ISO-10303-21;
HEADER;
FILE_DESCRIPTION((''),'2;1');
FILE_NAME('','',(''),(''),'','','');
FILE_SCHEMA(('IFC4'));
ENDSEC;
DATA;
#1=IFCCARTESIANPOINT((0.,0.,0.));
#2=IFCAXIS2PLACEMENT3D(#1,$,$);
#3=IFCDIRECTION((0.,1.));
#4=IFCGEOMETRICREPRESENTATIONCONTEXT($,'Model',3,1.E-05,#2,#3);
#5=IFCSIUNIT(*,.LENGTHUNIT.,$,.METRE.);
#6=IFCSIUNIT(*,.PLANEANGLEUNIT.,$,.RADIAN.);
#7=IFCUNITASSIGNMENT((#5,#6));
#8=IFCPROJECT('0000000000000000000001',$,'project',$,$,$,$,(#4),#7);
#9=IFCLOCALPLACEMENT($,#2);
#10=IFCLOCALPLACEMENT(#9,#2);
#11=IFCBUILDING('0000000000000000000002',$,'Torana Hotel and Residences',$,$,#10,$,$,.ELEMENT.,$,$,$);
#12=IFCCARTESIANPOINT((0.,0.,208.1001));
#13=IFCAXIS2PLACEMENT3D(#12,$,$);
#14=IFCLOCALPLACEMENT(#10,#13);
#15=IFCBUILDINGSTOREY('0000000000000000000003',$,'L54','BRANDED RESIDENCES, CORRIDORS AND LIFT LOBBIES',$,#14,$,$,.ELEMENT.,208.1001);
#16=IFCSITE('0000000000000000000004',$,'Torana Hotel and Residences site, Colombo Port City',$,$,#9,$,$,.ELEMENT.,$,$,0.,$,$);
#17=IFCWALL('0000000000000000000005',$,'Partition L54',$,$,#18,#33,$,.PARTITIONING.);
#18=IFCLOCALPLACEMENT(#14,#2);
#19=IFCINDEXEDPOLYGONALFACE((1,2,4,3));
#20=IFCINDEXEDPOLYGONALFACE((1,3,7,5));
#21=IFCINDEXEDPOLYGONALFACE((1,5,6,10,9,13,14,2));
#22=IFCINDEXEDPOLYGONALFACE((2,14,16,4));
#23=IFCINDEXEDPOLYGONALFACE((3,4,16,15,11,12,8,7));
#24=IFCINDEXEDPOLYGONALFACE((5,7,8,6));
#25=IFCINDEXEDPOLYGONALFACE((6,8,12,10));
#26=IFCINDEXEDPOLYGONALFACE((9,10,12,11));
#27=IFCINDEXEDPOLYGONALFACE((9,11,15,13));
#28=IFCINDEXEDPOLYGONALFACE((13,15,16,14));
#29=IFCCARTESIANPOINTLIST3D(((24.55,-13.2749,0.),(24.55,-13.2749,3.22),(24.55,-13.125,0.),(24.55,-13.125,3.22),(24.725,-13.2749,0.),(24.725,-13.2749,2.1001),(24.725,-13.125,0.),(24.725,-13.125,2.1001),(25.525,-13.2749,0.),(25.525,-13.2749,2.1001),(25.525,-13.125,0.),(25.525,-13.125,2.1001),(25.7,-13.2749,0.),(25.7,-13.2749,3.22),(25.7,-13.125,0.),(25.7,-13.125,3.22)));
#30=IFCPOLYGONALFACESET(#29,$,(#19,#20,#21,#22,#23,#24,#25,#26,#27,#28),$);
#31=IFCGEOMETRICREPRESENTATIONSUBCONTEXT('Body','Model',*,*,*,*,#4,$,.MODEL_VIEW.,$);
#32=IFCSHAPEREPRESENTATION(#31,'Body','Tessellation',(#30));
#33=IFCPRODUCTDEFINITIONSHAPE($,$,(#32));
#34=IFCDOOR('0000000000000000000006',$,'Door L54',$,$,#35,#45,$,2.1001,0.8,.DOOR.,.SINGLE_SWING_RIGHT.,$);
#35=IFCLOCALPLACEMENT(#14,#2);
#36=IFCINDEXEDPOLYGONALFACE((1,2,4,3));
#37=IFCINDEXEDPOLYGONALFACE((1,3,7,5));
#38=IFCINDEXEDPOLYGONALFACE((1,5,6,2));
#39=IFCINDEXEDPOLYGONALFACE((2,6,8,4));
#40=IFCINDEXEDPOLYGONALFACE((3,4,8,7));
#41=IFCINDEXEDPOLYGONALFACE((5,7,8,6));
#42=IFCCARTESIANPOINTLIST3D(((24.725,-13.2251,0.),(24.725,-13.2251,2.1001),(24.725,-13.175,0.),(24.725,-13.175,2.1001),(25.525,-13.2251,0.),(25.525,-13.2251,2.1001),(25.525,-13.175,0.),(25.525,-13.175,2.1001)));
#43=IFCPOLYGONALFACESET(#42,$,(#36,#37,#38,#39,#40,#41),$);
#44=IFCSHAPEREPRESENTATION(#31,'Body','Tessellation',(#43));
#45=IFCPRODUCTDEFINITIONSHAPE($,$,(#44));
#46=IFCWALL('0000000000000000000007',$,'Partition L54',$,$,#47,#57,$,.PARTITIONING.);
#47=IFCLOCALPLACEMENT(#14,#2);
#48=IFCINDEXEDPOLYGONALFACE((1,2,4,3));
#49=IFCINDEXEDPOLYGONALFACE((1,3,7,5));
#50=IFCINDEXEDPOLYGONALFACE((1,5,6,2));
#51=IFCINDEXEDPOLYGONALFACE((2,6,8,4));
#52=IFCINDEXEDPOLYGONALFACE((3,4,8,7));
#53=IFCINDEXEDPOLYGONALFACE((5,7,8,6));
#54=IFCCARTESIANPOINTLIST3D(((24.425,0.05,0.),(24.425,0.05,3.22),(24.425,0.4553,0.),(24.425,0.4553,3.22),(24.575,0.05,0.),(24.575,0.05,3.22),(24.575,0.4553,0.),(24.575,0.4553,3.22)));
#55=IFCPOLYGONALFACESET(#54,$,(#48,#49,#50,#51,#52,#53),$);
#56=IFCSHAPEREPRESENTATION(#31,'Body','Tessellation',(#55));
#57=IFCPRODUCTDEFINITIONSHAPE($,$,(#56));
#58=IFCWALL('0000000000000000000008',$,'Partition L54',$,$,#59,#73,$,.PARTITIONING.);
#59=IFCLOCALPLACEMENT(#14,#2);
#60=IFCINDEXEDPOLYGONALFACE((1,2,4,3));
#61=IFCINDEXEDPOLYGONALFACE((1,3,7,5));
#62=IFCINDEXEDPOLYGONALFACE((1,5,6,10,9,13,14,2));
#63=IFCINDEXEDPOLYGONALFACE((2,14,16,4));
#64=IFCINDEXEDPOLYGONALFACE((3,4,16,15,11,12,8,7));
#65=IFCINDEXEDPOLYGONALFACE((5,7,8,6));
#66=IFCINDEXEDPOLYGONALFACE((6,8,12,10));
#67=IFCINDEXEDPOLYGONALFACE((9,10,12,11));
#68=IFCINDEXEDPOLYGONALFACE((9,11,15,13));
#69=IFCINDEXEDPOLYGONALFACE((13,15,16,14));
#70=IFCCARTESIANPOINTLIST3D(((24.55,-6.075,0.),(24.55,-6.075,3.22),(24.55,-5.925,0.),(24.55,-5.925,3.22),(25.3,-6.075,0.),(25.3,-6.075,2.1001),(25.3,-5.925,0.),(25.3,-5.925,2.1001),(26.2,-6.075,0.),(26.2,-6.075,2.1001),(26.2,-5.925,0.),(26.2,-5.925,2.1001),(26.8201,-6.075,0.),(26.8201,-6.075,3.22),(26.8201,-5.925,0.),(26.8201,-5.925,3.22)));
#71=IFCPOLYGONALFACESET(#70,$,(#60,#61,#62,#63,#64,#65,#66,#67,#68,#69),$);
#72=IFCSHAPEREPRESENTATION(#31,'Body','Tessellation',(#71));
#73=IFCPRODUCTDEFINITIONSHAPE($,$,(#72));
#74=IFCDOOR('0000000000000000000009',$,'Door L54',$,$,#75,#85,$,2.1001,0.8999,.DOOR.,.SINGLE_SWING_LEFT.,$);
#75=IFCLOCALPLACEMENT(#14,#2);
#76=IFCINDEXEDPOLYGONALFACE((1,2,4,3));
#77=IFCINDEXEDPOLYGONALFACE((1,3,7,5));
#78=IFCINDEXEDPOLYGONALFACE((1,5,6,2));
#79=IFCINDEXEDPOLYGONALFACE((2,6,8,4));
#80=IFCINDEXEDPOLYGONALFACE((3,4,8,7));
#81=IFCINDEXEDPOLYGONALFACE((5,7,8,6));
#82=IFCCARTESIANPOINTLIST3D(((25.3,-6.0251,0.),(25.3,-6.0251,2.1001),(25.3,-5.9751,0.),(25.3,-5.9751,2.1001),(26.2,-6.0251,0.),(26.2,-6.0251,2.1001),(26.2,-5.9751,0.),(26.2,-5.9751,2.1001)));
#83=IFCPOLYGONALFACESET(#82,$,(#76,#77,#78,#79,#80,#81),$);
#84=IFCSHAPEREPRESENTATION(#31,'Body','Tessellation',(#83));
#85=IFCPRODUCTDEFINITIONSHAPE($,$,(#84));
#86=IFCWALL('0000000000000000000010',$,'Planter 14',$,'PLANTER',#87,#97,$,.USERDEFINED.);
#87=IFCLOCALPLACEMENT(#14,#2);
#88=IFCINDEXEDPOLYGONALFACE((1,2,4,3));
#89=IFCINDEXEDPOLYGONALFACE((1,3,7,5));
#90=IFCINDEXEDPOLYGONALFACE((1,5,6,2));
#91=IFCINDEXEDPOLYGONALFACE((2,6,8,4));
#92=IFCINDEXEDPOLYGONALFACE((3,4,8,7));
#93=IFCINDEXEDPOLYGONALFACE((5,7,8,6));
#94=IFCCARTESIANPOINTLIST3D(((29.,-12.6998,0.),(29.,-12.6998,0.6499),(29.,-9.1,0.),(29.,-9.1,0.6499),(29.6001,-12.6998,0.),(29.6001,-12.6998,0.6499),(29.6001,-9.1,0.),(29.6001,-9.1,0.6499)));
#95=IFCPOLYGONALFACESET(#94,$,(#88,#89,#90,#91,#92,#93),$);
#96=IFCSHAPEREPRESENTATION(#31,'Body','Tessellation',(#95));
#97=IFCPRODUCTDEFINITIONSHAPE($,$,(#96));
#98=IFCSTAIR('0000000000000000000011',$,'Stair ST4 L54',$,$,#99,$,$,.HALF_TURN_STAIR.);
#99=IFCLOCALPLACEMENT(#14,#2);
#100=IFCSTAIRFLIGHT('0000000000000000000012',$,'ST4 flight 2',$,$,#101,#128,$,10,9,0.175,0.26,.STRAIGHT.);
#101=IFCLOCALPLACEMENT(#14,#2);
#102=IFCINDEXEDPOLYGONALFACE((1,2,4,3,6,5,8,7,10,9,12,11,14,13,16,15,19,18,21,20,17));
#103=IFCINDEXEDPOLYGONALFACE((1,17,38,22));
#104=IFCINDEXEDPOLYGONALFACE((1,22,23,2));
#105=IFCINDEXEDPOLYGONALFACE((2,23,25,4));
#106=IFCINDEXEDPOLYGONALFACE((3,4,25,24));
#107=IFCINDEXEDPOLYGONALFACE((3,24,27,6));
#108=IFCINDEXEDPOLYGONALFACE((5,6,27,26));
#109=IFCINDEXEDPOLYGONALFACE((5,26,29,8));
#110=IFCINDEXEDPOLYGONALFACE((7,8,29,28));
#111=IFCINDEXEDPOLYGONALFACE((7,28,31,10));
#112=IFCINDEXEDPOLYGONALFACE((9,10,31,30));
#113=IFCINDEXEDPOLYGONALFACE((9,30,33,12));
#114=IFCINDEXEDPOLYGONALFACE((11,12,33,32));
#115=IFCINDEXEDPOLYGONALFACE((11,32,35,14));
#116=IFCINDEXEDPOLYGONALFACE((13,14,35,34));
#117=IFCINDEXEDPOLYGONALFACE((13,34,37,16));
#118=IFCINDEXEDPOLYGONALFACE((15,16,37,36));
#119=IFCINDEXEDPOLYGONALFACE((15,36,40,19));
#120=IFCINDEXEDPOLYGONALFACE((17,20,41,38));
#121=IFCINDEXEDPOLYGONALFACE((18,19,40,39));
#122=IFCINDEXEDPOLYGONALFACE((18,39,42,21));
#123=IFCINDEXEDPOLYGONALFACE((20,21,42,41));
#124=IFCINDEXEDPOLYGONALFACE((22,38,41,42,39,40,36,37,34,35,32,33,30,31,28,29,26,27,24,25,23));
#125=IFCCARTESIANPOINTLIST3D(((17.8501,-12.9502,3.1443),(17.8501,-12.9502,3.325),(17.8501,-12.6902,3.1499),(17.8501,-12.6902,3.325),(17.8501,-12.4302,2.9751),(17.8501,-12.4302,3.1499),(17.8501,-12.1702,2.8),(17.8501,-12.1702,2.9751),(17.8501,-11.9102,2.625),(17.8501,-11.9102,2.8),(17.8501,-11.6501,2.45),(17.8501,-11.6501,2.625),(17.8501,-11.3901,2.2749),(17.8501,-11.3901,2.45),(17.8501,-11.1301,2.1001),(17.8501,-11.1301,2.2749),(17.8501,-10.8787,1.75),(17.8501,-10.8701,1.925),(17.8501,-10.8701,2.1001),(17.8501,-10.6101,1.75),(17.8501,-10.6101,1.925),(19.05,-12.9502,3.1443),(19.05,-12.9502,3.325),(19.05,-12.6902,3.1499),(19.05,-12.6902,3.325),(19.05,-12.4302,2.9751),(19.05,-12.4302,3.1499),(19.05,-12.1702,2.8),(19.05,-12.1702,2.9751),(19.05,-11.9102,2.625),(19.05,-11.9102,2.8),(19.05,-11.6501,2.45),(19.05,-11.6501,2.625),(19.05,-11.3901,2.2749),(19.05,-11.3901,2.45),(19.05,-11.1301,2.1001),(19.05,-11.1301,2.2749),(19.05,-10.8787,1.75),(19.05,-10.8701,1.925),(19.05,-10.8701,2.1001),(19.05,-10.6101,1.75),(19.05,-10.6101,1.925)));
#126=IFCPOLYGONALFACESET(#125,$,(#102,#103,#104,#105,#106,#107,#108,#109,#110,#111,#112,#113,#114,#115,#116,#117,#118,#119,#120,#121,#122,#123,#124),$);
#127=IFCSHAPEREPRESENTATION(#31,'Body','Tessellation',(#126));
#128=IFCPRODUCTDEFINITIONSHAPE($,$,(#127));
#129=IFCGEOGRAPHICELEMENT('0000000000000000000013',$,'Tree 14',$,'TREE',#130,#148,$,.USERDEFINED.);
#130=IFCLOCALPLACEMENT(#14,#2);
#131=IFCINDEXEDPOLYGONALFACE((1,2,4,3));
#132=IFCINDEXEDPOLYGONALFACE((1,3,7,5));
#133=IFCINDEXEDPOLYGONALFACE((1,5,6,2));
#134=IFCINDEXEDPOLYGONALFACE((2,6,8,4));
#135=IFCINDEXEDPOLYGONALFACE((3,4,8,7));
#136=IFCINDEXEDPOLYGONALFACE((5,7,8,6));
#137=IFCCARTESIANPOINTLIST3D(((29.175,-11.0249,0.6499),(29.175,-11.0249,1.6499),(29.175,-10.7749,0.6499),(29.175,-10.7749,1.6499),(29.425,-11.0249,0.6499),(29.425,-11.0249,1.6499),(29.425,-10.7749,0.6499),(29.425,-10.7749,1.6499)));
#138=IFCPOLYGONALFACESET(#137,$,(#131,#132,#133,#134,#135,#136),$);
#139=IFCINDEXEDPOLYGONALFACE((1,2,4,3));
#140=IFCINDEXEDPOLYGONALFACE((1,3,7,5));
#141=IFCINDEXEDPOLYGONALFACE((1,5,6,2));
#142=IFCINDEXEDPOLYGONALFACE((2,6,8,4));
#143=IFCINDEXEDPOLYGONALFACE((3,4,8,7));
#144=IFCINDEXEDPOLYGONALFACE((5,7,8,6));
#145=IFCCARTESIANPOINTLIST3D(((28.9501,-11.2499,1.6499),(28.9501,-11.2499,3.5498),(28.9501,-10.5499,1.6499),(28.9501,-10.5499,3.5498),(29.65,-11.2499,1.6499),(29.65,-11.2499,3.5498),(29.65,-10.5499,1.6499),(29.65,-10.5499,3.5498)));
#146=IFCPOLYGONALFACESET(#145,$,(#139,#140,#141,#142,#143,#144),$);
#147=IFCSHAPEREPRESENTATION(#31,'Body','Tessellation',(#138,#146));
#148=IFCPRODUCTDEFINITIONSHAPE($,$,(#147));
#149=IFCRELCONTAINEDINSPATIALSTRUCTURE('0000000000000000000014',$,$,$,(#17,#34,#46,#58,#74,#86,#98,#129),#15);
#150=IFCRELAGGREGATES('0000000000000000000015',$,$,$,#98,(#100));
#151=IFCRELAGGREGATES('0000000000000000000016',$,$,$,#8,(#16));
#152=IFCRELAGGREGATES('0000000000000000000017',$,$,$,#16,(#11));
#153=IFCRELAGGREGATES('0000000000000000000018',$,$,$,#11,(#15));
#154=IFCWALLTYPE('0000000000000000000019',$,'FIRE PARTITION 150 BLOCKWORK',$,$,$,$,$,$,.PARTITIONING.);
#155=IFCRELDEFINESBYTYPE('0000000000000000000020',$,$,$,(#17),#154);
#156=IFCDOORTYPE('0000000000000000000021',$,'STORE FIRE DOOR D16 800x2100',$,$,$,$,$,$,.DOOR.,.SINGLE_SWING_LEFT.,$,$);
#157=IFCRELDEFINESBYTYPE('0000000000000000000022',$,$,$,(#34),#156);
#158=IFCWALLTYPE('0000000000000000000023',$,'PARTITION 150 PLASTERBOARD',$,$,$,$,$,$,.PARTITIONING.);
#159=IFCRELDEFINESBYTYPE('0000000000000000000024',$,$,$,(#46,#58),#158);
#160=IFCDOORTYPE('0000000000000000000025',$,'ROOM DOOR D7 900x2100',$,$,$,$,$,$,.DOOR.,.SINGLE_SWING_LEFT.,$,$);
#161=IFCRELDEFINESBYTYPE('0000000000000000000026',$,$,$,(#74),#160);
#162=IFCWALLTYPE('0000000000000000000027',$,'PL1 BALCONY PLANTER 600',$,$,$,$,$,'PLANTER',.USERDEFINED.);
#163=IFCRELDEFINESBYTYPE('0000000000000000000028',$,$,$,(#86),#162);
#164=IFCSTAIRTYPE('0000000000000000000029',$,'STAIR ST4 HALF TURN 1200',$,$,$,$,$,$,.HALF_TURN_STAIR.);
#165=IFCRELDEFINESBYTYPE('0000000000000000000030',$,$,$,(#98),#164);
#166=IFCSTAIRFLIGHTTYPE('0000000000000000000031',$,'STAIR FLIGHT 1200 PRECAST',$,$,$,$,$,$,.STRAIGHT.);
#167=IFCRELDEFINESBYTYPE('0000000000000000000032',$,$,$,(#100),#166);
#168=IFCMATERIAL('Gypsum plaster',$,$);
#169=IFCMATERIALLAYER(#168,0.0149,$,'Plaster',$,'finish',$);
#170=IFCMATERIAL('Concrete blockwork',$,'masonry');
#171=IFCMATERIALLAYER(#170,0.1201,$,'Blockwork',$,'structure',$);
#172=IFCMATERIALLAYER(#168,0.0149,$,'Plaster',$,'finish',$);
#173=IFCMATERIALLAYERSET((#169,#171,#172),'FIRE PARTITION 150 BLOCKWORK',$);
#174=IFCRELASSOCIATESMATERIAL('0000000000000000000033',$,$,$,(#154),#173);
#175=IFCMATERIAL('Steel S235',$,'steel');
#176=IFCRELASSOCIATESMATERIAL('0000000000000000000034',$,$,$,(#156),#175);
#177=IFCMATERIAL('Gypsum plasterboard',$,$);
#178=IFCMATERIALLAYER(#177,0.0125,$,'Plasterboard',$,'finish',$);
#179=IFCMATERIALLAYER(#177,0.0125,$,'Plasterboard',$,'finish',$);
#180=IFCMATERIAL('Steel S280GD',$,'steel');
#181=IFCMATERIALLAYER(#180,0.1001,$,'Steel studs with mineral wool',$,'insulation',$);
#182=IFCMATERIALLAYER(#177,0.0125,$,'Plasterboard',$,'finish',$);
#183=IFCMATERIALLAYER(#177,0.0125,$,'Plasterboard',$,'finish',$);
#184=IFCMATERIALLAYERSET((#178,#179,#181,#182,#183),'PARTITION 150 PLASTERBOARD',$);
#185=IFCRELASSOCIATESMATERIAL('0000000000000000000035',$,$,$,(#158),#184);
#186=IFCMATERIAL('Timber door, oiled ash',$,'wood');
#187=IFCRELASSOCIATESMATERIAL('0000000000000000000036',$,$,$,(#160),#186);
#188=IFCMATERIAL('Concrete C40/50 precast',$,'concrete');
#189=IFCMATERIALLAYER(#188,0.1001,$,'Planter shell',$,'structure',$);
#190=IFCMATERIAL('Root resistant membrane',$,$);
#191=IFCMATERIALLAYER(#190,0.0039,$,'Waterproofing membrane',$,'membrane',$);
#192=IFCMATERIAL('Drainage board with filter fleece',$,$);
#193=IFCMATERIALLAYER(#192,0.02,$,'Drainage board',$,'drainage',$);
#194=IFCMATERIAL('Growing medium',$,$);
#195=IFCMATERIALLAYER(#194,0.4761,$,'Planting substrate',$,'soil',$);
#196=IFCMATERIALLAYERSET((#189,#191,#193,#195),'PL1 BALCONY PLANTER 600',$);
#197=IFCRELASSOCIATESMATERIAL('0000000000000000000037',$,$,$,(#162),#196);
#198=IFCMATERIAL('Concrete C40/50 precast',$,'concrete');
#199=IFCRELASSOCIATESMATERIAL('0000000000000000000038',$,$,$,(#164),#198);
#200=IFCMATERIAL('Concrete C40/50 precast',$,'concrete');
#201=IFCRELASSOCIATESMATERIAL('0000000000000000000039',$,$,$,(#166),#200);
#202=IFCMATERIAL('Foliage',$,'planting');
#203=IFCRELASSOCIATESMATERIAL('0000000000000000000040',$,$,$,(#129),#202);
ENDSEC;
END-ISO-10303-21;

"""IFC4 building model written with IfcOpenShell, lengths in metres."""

from ifc_helpers import new_model, si_unit, direction, frame, frame_2d, origin, origin_2d, place, context, subcontext, project, spatial, polyline, rectangle, outline, extrude, material, layer, layer_set, type_object, element, fill, aggregate, save


model = new_model("IFC4")

# Units and contexts
model_context = context("Model", 3, precision=1e-05, world=origin(), true_north=direction((0.0, 1.0)))
body_context = subcontext(model_context, "Body", "Model", "MODEL_VIEW")
ifc_project = project(units=[si_unit("LENGTHUNIT", "METRE"), si_unit("PLANEANGLEUNIT", "RADIAN")], contexts=[model_context])

# Site, building, storey
site_placement = place(None, origin())
site = spatial("IfcSite", under=ifc_project, at=site_placement, Name="Torana Hotel and Residences site, Colombo Port City", CompositionType="ELEMENT", RefElevation=0.0)
building_placement = place(site_placement, origin())
building = spatial("IfcBuilding", under=site, at=building_placement, Name="Torana Hotel and Residences", CompositionType="ELEMENT")
storey_placement = place(building_placement, frame((0.0, 0.0, 208.1001)))
storey = spatial("IfcBuildingStorey", under=building, at=storey_placement, Name="L54", Description="BRANDED RESIDENCES, CORRIDORS AND LIFT LOBBIES", CompositionType="ELEMENT", Elevation=208.1001)

# Shared definitions
ifc_material_1 = material(Name="Steel S280GD", Category="steel")

# Shared definitions
ifc_material_2 = material(Name="Concrete C40/50 precast", Category="concrete")

# Wall, opening, door
ifc_material_3 = material(Name="Gypsum plaster")
ifc_layer_1 = layer(ifc_material_3, 0.0149, Name="Plaster", Category="finish")
ifc_material_4 = material(Name="Concrete blockwork", Category="masonry")
ifc_layer_2 = layer(ifc_material_4, 0.1201, Name="Blockwork", Category="structure")
ifc_layer_3 = layer(ifc_material_3, 0.0149, Name="Plaster", Category="finish")
ifc_layer_set_1 = layer_set([ifc_layer_1, ifc_layer_2, ifc_layer_3], Name="FIRE PARTITION 150 BLOCKWORK")
wall_type_1 = type_object("IfcWallType", Name="FIRE PARTITION 150 BLOCKWORK", PredefinedType="PARTITIONING", material=ifc_layer_set_1)
wall_1_placement = place(storey_placement, frame((24.55, -13.2, 0.0), z_axis=(0.0, 0.0, 1.0), x_axis=(1.0, 0.0, 0.0)))
wall_1 = element("IfcWall", 1, at=wall_1_placement, inside=storey, type_object=wall_type_1, Name="Partition L54", PredefinedType="PARTITIONING", context=body_context, shape_type="SweptSolid", body=[
    extrude(rectangle(XDim=1.1499, YDim=0.1499, at=frame_2d((0.575, 0.0))), origin(), (0.0, 0.0, 1.0), 3.22),
])
opening_1_placement = place(wall_1_placement, frame((0.175, 0.0, 0.0)))
opening_1 = element("IfcOpeningElement", 2, at=opening_1_placement, cuts=wall_1, PredefinedType="OPENING", context=body_context, shape_type="SweptSolid", body=[
    extrude(rectangle(XDim=0.8, YDim=2.1001, at=frame_2d((0.3999, 1.05))), frame((0.0, 0.085, 0.0), z_axis=(0.0, -1.0, 0.0), x_axis=(1.0, 0.0, 0.0)), (0.0, 0.0, 1.0), 0.1699),
])
ifc_material_5 = material(Name="Steel S235", Category="steel")
door_type_1 = type_object("IfcDoorType", Name="STORE FIRE DOOR D16 800x2100", OperationType="SINGLE_SWING_LEFT", PredefinedType="DOOR", material=ifc_material_5)
door_1_placement = place(opening_1_placement, origin())
door_1 = element("IfcDoor", 3, at=door_1_placement, inside=storey, type_object=door_type_1, Name="Door L54", OperationType="SINGLE_SWING_RIGHT", OverallHeight=2.1001, OverallWidth=0.8, PredefinedType="DOOR", context=body_context, shape_type="SweptSolid", body=[
    extrude(rectangle(XDim=0.8, YDim=2.1001, at=frame_2d((0.3999, 1.05))), frame((0.0, 0.0249, 0.0), z_axis=(0.0, -1.0, 0.0), x_axis=(1.0, 0.0, 0.0)), (0.0, 0.0, 1.0), 0.05),
])
fill(opening_1, door_1)

# Wall
ifc_material_6 = material(Name="Gypsum plasterboard")
ifc_layer_4 = layer(ifc_material_6, 0.0125, Name="Plasterboard", Category="finish")
ifc_layer_5 = layer(ifc_material_6, 0.0125, Name="Plasterboard", Category="finish")
ifc_layer_6 = layer(ifc_material_1, 0.1001, Name="Steel studs with mineral wool", Category="insulation")
ifc_layer_7 = layer(ifc_material_6, 0.0125, Name="Plasterboard", Category="finish")
ifc_layer_8 = layer(ifc_material_6, 0.0125, Name="Plasterboard", Category="finish")
ifc_layer_set_2 = layer_set([ifc_layer_4, ifc_layer_5, ifc_layer_6, ifc_layer_7, ifc_layer_8], Name="PARTITION 150 PLASTERBOARD")
wall_type_2 = type_object("IfcWallType", Name="PARTITION 150 PLASTERBOARD", PredefinedType="PARTITIONING", material=ifc_layer_set_2)
wall_2_placement = place(storey_placement, frame((24.5, 0.05, 0.0), z_axis=(0.0, 0.0, 1.0), x_axis=(0.0, 1.0, 0.0)))
element("IfcWall", 4, at=wall_2_placement, inside=storey, type_object=wall_type_2, Name="Partition L54", PredefinedType="PARTITIONING", context=body_context, shape_type="SweptSolid", body=[
    extrude(rectangle(XDim=0.4053, YDim=0.1499, at=frame_2d((0.2026, 0.0))), origin(), (0.0, 0.0, 1.0), 3.22),
])

# Wall, opening, door
wall_3_placement = place(storey_placement, frame((24.55, -6.0, 0.0), z_axis=(0.0, 0.0, 1.0), x_axis=(1.0, 0.0, 0.0)))
wall_3 = element("IfcWall", 5, at=wall_3_placement, inside=storey, type_object=wall_type_2, Name="Partition L54", PredefinedType="PARTITIONING", context=body_context, shape_type="SweptSolid", body=[
    extrude(rectangle(XDim=2.27, YDim=0.1499, at=frame_2d((1.135, 0.0))), origin(), (0.0, 0.0, 1.0), 3.22),
])
opening_2_placement = place(wall_3_placement, frame((0.75, 0.0, 0.0)))
opening_2 = element("IfcOpeningElement", 6, at=opening_2_placement, cuts=wall_3, PredefinedType="OPENING", context=body_context, shape_type="SweptSolid", body=[
    extrude(rectangle(XDim=0.8999, YDim=2.1001, at=frame_2d((0.45, 1.05))), frame((0.0, 0.085, 0.0), z_axis=(0.0, -1.0, 0.0), x_axis=(1.0, 0.0, 0.0)), (0.0, 0.0, 1.0), 0.1699),
])
ifc_material_7 = material(Name="Timber door, oiled ash", Category="wood")
door_type_2 = type_object("IfcDoorType", Name="ROOM DOOR D7 900x2100", OperationType="SINGLE_SWING_LEFT", PredefinedType="DOOR", material=ifc_material_7)
door_2_placement = place(opening_2_placement, origin())
door_2 = element("IfcDoor", 7, at=door_2_placement, inside=storey, type_object=door_type_2, Name="Door L54", OperationType="SINGLE_SWING_LEFT", OverallHeight=2.1001, OverallWidth=0.8999, PredefinedType="DOOR", context=body_context, shape_type="SweptSolid", body=[
    extrude(rectangle(XDim=0.8999, YDim=2.1001, at=frame_2d((0.45, 1.05))), frame((0.0, 0.0249, 0.0), z_axis=(0.0, -1.0, 0.0), x_axis=(1.0, 0.0, 0.0)), (0.0, 0.0, 1.0), 0.05),
])
fill(opening_2, door_2)

# Wall
ifc_layer_9 = layer(ifc_material_2, 0.1001, Name="Planter shell", Category="structure")
ifc_material_8 = material(Name="Root resistant membrane")
ifc_layer_10 = layer(ifc_material_8, 0.0039, Name="Waterproofing membrane", Category="membrane")
ifc_material_9 = material(Name="Drainage board with filter fleece")
ifc_layer_11 = layer(ifc_material_9, 0.02, Name="Drainage board", Category="drainage")
ifc_material_10 = material(Name="Growing medium")
ifc_layer_12 = layer(ifc_material_10, 0.4761, Name="Planting substrate", Category="soil")
ifc_layer_set_3 = layer_set([ifc_layer_9, ifc_layer_10, ifc_layer_11, ifc_layer_12], Name="PL1 BALCONY PLANTER 600")
wall_type_3 = type_object("IfcWallType", Name="PL1 BALCONY PLANTER 600", ElementType="PLANTER", PredefinedType="USERDEFINED", material=ifc_layer_set_3)
wall_4_placement = place(storey_placement, frame((29.3, -9.1001, 0.0), z_axis=(0.0, 0.0, 1.0), x_axis=(0.0, -1.0, 0.0)))
element("IfcWall", 8, at=wall_4_placement, inside=storey, type_object=wall_type_3, Name="Planter 14", ObjectType="PLANTER", PredefinedType="USERDEFINED", context=body_context, shape_type="SweptSolid", body=[
    extrude(rectangle(XDim=3.5999, YDim=0.6001, at=frame_2d((1.7998, 0.0))), origin(), (0.0, 0.0, 1.0), 0.6499),
])

# Stair, stair flight
ifc_material_11 = material(Name="Concrete C40/50 precast", Category="concrete")
stair_type = type_object("IfcStairType", Name="STAIR ST4 HALF TURN 1200", PredefinedType="HALF_TURN_STAIR", material=ifc_material_11)
stair_placement = place(storey_placement, origin())
stair = element("IfcStair", 9, at=stair_placement, inside=storey, type_object=stair_type, Name="Stair ST4 L54", PredefinedType="HALF_TURN_STAIR")
ifc_material_12 = material(Name="Concrete C40/50 precast", Category="concrete")
stair_flight_type = type_object("IfcStairFlightType", Name="STAIR FLIGHT 1200 PRECAST", PredefinedType="STRAIGHT", material=ifc_material_12)
stair_flight_placement = place(storey_placement, frame((18.45, -10.6101, 1.75), z_axis=(0.0, 0.0, 1.0), x_axis=(0.0, -1.0, 0.0)))
stair_flight = element("IfcStairFlight", 10, at=stair_flight_placement, type_object=stair_flight_type, Name="ST4 flight 2", NumberOfRisers=10, NumberOfTreads=9, PredefinedType="STRAIGHT", RiserHeight=0.175, TreadLength=0.26, context=body_context, shape_type="SweptSolid", body=[
    extrude(outline(polyline([(0.0, 0.0), (0.0, 0.175), (0.26, 0.175), (0.26, 0.3501), (0.52, 0.3501), (0.52, 0.5249), (0.78, 0.5249), (0.78, 0.7), (1.04, 0.7), (1.04, 0.875), (1.3, 0.875), (1.3, 1.05), (1.5601, 1.05), (1.5601, 1.2251), (1.8201, 1.2251), (1.8201, 1.3999), (2.0801, 1.3999), (2.0801, 1.575), (2.3401, 1.575), (2.3401, 1.75), (2.3401, 1.3943), (0.2686, 0.0), (0.0, 0.0)])), frame((0.0, 0.6001, 0.0), z_axis=(0.0, -1.0, 0.0), x_axis=(1.0, 0.0, 0.0)), (0.0, 0.0, 1.0), 1.2),
])
aggregate(stair, [stair_flight])

# Geographic element
ifc_material_13 = material(Name="Foliage", Category="planting")
geographic_element_placement = place(storey_placement, frame((29.3, -10.8999, 0.6499), z_axis=(0.0, 0.0, 1.0), x_axis=(1.0, 0.0, 0.0)))
element("IfcGeographicElement", 11, at=geographic_element_placement, inside=storey, material=ifc_material_13, Name="Tree 14", ObjectType="TREE", PredefinedType="USERDEFINED", context=body_context, shape_type="SweptSolid", body=[
    extrude(rectangle(XDim=0.25, YDim=0.25, at=origin_2d()), origin(), (0.0, 0.0, 1.0), 1.0),
    extrude(rectangle(XDim=0.7, YDim=0.7, at=origin_2d()), frame((0.0, 0.0, 1.0)), (0.0, 0.0, 1.0), 1.8999),
])

save(model, "model.ifc")
